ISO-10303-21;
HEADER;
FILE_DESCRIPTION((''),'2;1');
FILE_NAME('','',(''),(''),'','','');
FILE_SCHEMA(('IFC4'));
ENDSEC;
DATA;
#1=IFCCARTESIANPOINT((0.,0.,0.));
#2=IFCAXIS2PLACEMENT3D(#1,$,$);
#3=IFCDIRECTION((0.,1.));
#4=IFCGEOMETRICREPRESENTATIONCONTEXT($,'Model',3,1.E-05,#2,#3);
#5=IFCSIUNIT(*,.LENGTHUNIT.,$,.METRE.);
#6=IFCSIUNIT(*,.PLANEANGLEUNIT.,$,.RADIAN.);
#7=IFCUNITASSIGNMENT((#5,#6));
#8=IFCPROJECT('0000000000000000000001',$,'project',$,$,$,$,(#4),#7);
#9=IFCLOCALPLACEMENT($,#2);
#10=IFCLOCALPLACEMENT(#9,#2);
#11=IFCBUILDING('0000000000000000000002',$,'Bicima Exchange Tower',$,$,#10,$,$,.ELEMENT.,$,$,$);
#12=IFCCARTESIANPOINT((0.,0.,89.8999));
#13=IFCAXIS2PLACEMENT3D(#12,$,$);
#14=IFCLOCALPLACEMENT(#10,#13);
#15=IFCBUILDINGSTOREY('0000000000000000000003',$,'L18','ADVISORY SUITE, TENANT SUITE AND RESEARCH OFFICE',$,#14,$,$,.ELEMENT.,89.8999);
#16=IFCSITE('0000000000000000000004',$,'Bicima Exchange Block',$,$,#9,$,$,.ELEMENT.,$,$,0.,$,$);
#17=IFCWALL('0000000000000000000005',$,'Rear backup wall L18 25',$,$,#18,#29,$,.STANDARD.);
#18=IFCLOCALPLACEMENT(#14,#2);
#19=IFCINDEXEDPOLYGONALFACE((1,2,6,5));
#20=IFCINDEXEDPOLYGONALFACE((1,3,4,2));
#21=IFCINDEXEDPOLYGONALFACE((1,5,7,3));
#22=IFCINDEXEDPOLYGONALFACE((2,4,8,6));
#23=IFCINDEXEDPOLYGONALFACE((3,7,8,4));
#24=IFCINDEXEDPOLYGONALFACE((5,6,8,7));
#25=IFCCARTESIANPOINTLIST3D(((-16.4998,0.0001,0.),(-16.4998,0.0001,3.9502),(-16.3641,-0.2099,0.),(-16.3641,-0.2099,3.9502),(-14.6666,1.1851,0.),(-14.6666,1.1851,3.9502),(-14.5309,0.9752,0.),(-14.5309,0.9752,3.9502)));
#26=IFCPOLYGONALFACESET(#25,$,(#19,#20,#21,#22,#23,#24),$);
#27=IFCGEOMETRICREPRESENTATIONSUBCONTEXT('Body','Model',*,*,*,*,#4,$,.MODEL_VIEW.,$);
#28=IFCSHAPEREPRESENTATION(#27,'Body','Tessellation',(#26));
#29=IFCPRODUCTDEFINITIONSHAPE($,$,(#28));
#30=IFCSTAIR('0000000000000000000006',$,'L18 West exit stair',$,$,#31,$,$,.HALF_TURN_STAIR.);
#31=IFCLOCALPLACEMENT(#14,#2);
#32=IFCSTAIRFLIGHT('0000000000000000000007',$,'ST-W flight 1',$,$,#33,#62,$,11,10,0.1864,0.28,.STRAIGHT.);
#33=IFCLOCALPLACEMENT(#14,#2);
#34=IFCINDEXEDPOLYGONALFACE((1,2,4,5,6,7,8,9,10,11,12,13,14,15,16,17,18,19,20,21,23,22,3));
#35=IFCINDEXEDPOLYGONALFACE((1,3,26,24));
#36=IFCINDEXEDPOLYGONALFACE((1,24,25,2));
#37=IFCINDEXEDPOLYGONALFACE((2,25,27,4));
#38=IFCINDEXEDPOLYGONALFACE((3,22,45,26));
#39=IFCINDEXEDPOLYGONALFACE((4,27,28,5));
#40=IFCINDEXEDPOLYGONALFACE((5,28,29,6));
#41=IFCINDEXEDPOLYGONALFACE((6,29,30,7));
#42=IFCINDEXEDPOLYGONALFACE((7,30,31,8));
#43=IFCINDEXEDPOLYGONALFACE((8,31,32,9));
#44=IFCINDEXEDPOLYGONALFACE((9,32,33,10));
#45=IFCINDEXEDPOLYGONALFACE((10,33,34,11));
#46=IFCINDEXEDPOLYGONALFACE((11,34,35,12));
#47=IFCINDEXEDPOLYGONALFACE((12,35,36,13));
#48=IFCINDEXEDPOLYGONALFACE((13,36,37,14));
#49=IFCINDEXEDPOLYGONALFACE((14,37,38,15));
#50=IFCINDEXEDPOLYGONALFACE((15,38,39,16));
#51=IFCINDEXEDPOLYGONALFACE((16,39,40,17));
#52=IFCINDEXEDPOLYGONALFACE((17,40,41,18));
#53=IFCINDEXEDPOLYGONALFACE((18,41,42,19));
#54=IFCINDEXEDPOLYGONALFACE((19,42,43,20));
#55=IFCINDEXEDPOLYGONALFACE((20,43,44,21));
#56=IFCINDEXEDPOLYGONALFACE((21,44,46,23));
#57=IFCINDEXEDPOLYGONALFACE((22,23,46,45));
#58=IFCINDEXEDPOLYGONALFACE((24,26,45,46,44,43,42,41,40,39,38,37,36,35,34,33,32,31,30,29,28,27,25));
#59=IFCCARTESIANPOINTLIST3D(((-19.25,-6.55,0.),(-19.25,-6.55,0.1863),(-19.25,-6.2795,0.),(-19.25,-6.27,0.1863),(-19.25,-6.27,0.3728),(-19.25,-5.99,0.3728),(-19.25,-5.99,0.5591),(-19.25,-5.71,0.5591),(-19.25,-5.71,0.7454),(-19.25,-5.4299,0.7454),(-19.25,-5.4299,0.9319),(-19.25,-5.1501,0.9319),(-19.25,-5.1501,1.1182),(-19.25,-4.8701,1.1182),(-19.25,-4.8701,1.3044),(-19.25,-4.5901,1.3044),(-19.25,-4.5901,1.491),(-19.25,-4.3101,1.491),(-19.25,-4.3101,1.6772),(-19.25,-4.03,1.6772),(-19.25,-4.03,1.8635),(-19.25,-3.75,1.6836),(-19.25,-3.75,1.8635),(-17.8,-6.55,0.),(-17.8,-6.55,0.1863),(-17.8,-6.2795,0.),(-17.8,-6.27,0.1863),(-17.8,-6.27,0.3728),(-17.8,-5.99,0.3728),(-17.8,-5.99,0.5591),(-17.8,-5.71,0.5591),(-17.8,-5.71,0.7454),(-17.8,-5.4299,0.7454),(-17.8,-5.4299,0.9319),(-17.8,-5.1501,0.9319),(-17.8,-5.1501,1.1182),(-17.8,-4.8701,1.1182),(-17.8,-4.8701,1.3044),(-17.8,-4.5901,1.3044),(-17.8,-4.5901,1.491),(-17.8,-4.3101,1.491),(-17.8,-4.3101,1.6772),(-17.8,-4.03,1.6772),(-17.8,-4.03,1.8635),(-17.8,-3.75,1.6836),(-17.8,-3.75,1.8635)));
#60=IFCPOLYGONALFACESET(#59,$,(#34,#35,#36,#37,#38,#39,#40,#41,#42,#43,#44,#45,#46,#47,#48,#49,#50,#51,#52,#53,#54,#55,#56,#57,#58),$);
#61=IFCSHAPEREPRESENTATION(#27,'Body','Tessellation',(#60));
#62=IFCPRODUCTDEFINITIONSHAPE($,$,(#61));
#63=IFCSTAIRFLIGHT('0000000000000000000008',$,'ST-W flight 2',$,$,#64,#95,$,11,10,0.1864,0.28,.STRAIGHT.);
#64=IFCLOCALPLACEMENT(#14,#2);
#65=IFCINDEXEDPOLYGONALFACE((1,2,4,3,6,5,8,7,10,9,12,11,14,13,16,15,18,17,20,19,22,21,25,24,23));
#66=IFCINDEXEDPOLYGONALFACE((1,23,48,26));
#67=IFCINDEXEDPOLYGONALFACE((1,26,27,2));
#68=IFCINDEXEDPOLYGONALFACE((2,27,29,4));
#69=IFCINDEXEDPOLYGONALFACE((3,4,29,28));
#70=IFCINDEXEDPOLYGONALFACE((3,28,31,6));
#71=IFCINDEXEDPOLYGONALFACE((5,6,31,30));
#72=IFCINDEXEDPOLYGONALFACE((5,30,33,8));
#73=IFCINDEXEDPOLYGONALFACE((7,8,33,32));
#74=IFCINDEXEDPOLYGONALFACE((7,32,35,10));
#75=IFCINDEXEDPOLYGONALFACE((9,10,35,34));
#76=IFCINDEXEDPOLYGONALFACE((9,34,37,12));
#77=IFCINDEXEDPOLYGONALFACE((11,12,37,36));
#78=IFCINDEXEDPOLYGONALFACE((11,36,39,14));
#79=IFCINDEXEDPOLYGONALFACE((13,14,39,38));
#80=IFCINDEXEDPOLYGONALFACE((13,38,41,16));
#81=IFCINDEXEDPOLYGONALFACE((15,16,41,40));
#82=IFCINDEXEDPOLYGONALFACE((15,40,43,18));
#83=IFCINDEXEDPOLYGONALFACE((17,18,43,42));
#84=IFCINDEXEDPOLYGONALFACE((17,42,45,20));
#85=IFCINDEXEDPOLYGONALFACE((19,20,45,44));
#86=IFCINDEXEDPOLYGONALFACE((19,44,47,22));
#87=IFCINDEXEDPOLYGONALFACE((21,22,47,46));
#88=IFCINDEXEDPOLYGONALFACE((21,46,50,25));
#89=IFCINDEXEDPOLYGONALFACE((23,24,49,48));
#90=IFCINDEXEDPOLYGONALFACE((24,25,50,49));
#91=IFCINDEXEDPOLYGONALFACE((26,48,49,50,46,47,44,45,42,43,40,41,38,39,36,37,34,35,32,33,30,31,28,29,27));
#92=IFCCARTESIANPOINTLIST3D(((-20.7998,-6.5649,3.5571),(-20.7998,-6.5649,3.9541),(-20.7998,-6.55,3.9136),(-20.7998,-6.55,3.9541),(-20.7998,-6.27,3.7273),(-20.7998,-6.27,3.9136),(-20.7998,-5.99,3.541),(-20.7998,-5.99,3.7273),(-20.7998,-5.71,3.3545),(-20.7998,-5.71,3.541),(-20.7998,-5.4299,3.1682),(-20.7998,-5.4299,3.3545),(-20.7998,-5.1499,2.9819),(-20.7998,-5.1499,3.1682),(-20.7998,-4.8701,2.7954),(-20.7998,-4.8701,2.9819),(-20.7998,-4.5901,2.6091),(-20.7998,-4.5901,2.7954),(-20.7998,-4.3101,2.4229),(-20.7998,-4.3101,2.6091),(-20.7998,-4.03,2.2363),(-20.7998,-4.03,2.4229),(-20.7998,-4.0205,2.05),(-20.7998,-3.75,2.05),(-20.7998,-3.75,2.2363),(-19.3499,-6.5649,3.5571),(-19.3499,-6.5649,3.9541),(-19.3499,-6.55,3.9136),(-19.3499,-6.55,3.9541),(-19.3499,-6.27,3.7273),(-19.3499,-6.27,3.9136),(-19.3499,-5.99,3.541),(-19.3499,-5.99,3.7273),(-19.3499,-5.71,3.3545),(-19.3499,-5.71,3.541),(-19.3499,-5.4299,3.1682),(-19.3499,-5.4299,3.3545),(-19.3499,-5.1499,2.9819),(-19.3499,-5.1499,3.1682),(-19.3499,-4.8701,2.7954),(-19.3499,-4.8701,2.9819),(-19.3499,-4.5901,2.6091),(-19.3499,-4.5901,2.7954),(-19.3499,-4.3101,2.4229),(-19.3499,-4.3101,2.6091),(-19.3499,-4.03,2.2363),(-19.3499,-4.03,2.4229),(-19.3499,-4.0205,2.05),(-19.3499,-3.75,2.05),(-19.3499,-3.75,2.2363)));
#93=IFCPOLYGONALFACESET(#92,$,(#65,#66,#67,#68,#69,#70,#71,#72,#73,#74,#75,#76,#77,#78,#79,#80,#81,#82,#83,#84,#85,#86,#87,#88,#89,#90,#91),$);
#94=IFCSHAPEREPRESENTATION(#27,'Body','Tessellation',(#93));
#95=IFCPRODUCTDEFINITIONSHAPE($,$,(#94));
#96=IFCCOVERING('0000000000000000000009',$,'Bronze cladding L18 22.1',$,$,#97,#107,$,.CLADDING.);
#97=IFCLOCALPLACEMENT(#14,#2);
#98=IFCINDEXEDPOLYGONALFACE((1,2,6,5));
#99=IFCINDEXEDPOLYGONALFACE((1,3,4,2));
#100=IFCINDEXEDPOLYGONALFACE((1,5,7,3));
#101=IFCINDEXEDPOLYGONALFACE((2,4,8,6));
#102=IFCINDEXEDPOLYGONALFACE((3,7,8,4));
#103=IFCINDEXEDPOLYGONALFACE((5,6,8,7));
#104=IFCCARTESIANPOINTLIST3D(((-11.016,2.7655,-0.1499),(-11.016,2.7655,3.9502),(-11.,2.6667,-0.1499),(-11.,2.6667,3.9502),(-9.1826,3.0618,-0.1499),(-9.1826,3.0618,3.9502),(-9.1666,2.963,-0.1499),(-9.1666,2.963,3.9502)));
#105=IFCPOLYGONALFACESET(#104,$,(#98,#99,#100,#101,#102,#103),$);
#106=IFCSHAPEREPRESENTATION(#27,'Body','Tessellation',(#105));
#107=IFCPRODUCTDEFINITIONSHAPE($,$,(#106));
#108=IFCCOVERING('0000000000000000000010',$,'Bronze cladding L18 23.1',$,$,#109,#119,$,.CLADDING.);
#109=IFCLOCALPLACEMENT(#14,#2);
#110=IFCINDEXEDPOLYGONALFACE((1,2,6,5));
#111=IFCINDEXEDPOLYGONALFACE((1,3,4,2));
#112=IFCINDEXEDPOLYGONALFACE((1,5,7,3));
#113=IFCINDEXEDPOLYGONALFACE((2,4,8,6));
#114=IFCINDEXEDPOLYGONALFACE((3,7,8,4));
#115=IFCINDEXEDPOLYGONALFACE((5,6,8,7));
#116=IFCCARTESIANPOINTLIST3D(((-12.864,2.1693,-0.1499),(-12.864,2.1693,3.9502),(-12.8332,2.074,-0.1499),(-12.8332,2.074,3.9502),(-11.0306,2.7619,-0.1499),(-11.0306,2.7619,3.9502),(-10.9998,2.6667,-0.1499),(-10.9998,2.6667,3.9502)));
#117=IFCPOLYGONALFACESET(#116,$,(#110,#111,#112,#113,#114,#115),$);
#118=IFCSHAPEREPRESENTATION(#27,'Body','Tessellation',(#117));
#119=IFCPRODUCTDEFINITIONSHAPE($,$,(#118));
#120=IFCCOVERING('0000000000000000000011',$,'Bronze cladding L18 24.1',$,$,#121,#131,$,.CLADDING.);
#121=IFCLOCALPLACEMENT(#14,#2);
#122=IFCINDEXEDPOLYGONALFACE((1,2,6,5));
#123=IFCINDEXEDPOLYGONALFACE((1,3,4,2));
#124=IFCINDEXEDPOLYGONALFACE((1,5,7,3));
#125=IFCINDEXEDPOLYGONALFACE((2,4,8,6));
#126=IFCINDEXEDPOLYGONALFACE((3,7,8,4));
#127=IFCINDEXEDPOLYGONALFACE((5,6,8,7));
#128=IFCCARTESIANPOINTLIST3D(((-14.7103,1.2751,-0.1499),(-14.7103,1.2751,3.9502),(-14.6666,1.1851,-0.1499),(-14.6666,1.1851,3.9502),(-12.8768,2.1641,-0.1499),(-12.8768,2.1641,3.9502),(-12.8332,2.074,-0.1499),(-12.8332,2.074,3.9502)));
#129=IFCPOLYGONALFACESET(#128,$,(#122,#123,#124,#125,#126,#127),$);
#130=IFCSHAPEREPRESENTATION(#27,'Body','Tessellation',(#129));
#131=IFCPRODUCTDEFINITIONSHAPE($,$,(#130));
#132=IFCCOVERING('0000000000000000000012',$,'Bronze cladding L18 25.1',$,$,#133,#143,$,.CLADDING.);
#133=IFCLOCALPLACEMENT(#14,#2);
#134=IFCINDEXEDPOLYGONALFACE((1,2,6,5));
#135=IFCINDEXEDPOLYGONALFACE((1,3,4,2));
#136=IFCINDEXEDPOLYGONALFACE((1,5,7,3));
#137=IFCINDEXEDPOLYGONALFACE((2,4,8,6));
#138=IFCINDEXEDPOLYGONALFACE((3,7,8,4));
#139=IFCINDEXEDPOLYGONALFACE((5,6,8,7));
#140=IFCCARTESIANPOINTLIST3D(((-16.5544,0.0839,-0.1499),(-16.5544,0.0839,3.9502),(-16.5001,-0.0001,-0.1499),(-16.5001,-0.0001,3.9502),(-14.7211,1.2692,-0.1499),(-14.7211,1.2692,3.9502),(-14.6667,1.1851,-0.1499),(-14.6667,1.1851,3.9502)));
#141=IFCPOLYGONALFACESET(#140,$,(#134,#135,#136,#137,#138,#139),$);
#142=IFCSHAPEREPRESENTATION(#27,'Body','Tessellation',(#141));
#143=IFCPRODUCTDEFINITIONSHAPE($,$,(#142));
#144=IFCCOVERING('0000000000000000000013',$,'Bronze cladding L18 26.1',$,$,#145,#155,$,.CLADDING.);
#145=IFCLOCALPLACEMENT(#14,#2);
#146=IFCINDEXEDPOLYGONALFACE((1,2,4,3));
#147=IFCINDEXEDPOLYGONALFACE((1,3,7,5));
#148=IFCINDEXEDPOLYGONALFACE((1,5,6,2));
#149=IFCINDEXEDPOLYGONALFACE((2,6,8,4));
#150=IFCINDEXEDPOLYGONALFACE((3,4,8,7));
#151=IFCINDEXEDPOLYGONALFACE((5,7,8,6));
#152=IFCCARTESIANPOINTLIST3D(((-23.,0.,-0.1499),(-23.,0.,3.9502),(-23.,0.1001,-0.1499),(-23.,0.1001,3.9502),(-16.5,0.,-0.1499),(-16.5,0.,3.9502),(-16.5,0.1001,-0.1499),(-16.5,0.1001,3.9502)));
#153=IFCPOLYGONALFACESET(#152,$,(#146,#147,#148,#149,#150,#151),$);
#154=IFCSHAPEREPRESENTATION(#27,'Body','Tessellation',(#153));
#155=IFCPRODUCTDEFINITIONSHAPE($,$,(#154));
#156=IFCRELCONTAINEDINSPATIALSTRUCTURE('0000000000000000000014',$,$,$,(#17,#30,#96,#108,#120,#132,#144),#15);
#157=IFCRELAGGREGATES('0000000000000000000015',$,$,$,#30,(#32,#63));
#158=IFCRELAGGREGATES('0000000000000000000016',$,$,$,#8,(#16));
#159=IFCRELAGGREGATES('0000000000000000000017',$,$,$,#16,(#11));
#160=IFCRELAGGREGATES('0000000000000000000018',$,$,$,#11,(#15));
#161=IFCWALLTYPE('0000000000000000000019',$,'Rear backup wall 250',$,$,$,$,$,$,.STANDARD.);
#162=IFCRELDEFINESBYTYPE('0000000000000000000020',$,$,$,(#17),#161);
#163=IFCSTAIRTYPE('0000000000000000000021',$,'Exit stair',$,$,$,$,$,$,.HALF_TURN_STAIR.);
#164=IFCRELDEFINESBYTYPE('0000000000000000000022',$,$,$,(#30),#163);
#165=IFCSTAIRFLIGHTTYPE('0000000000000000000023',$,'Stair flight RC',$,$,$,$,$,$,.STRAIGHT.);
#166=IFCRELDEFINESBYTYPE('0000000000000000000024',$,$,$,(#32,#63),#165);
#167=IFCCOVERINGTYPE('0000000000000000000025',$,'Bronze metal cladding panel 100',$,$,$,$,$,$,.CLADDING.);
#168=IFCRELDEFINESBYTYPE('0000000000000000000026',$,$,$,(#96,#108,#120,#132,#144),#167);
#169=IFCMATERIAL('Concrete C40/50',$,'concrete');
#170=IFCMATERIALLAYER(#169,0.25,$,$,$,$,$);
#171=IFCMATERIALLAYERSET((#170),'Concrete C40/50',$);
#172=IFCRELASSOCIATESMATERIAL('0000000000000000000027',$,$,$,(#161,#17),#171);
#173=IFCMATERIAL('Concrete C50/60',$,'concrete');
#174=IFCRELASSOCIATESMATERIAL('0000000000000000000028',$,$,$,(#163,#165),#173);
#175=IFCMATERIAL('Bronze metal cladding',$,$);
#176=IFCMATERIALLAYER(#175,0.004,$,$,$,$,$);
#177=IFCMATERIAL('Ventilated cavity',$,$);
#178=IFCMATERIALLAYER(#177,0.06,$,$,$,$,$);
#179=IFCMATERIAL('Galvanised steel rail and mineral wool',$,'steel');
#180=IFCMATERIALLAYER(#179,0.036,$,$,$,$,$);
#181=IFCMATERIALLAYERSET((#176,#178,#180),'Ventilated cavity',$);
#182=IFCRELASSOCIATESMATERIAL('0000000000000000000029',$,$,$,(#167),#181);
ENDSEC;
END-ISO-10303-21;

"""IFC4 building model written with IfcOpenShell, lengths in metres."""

from ifc_helpers import new_model, si_unit, direction, frame, frame_2d, origin, origin_2d, place, context, subcontext, project, spatial, polyline, rectangle, outline, extrude, material, layer, layer_set, layer_usage, type_object, element, aggregate, save


model = new_model("IFC4")

# Units and contexts
model_context = context("Model", 3, precision=1e-05, world=origin(), true_north=direction((0.0, 1.0)))
body_context = subcontext(model_context, "Body", "Model", "MODEL_VIEW")
ifc_project = project(units=[si_unit("LENGTHUNIT", "METRE"), si_unit("PLANEANGLEUNIT", "RADIAN")], contexts=[model_context])

# Site, building, storey
site_placement = place(None, origin())
site = spatial("IfcSite", under=ifc_project, at=site_placement, Name="Bicima Exchange Block", CompositionType="ELEMENT", RefElevation=0.0)
building_placement = place(site_placement, origin())
building = spatial("IfcBuilding", under=site, at=building_placement, Name="Bicima Exchange Tower", CompositionType="ELEMENT")
storey_placement = place(building_placement, frame((0.0, 0.0, 89.8999)))
storey = spatial("IfcBuildingStorey", under=building, at=storey_placement, Name="L18", Description="ADVISORY SUITE, TENANT SUITE AND RESEARCH OFFICE", CompositionType="ELEMENT", Elevation=89.8999)

# Shared definitions
ifc_material_1 = material(Name="Concrete C50/60", Category="concrete")

# Wall
ifc_material_2 = material(Name="Concrete C40/50", Category="concrete")
ifc_layer_1 = layer(ifc_material_2, 0.25)
ifc_layer_set_1 = layer_set([ifc_layer_1], Name="Concrete C40/50")
ifc_layer_usage = layer_usage(ifc_layer_set_1, "AXIS2", "POSITIVE", -0.125)
wall_type_1 = type_object("IfcWallType", Name="Rear backup wall 250", PredefinedType="STANDARD", material=ifc_layer_set_1)
wall_1_placement = place(storey_placement, frame((-14.5989, 1.0801, 0.0), z_axis=(0.0, 0.0, 1.0), x_axis=(-0.839813, -0.542876, 0.0)))
element("IfcWall", 1, at=wall_1_placement, inside=storey, type_object=wall_type_1, material=ifc_layer_usage, Name="Rear backup wall L18 25", PredefinedType="STANDARD", context=body_context, shape_type="SweptSolid", body=[
    extrude(rectangle(XDim=2.1829, YDim=0.25, at=frame_2d((1.0913, 0.0))), origin(), (0.0, 0.0, 1.0), 3.9502),
])

# Stair, stair flights
stair_type = type_object("IfcStairType", Name="Exit stair", PredefinedType="HALF_TURN_STAIR", material=ifc_material_1)
stair_placement = place(storey_placement, origin())
stair = element("IfcStair", 2, at=stair_placement, inside=storey, type_object=stair_type, Name="L18 West exit stair", PredefinedType="HALF_TURN_STAIR")
stair_flight_type = type_object("IfcStairFlightType", Name="Stair flight RC", PredefinedType="STRAIGHT", material=ifc_material_1)
stair_flight_1_placement = place(storey_placement, frame((-18.5249, -6.55, 0.0), z_axis=(0.0, 0.0, 1.0), x_axis=(0.0, 1.0, 0.0)))
stair_flight_1 = element("IfcStairFlight", 3, at=stair_flight_1_placement, type_object=stair_flight_type, Name="ST-W flight 1", NumberOfRisers=11, NumberOfTreads=10, PredefinedType="STRAIGHT", RiserHeight=0.1864, TreadLength=0.28, context=body_context, shape_type="SweptSolid", body=[
    extrude(outline(polyline([(0.0, 0.0), (0.0, 0.1863), (0.28, 0.1863), (0.28, 0.3728), (0.5601, 0.3728), (0.5601, 0.5591), (0.8401, 0.5591), (0.8401, 0.7454), (1.1201, 0.7454), (1.1201, 0.9319), (1.3999, 0.9319), (1.3999, 1.1182), (1.6799, 1.1182), (1.6799, 1.3044), (1.96, 1.3044), (1.96, 1.491), (2.24, 1.491), (2.24, 1.6772), (2.52, 1.6772), (2.52, 1.8635), (2.8, 1.8635), (2.8, 2.05), (2.8, 1.6836), (0.2705, 0.0), (0.0, 0.0)])), frame((0.0, 0.7251, 0.0), z_axis=(0.0, -1.0, 0.0), x_axis=(1.0, 0.0, 0.0)), (0.0, 0.0, 1.0), 1.45),
])
stair_flight_2_placement = place(storey_placement, frame((-20.075, -3.75, 2.05), z_axis=(0.0, 0.0, 1.0), x_axis=(0.0, -1.0, 0.0)))
stair_flight_2 = element("IfcStairFlight", 4, at=stair_flight_2_placement, type_object=stair_flight_type, Name="ST-W flight 2", NumberOfRisers=11, NumberOfTreads=10, PredefinedType="STRAIGHT", RiserHeight=0.1864, TreadLength=0.28, context=body_context, shape_type="SweptSolid", body=[
    extrude(outline(polyline([(0.0, 0.0), (0.0, 0.1863), (0.28, 0.1863), (0.28, 0.3728), (0.5601, 0.3728), (0.5601, 0.5591), (0.8401, 0.5591), (0.8401, 0.7454), (1.1201, 0.7454), (1.1201, 0.9319), (1.3999, 0.9319), (1.3999, 1.1182), (1.6799, 1.1182), (1.6799, 1.3044), (1.96, 1.3044), (1.96, 1.491), (2.24, 1.491), (2.24, 1.6772), (2.52, 1.6772), (2.52, 1.8635), (2.8, 1.8635), (2.8, 1.9041), (2.8149, 1.9041), (2.8149, 1.5071), (0.2705, 0.0), (0.0, 0.0)])), frame((0.0, 0.7251, 0.0), z_axis=(0.0, -1.0, 0.0), x_axis=(1.0, 0.0, 0.0)), (0.0, 0.0, 1.0), 1.45),
])
aggregate(stair, [stair_flight_1, stair_flight_2])

# Coverings
ifc_material_3 = material(Name="Bronze metal cladding")
ifc_layer_2 = layer(ifc_material_3, 0.004)
ifc_material_4 = material(Name="Ventilated cavity")
ifc_layer_3 = layer(ifc_material_4, 0.06)
ifc_material_5 = material(Name="Galvanised steel rail and mineral wool", Category="steel")
ifc_layer_4 = layer(ifc_material_5, 0.036)
ifc_layer_set_2 = layer_set([ifc_layer_2, ifc_layer_3, ifc_layer_4], Name="Ventilated cavity")
covering_type = type_object("IfcCoveringType", Name="Bronze metal cladding panel 100", PredefinedType="CLADDING", material=ifc_layer_set_2)
covering_1_placement = place(storey_placement, frame((-10.0913, 2.8643, -0.1499), z_axis=(0.0, 0.0, 1.0), x_axis=(-0.98719, -0.15955, 0.0)))
element("IfcCovering", 5, at=covering_1_placement, inside=storey, type_object=covering_type, Name="Bronze cladding L18 22.1", PredefinedType="CLADDING", context=body_context, shape_type="SweptSolid", body=[
    extrude(rectangle(XDim=1.8572, YDim=0.1001, at=origin_2d()), origin(), (0.0, 0.0, 1.0), 4.1001),
])
covering_2_placement = place(storey_placement, frame((-11.9319, 2.418, -0.1499), z_axis=(0.0, 0.0, 1.0), x_axis=(-0.951525, -0.307573, 0.0)))
element("IfcCovering", 6, at=covering_2_placement, inside=storey, type_object=covering_type, Name="Bronze cladding L18 23.1", PredefinedType="CLADDING", context=body_context, shape_type="SweptSolid", body=[
    extrude(rectangle(XDim=1.9268, YDim=0.1001, at=origin_2d()), origin(), (0.0, 0.0, 1.0), 4.1001),
])
covering_3_placement = place(storey_placement, frame((-13.7717, 1.6746, -0.1499), z_axis=(0.0, 0.0, 1.0), x_axis=(-0.899818, -0.436265, 0.0)))
element("IfcCovering", 7, at=covering_3_placement, inside=storey, type_object=covering_type, Name="Bronze cladding L18 24.1", PredefinedType="CLADDING", context=body_context, shape_type="SweptSolid", body=[
    extrude(rectangle(XDim=2.0376, YDim=0.1001, at=origin_2d()), origin(), (0.0, 0.0, 1.0), 4.1001),
])
covering_4_placement = place(storey_placement, frame((-15.6106, 0.6345, -0.1499), z_axis=(0.0, 0.0, 1.0), x_axis=(-0.83979, -0.542911, 0.0)))
element("IfcCovering", 8, at=covering_4_placement, inside=storey, type_object=covering_type, Name="Bronze cladding L18 25.1", PredefinedType="CLADDING", context=body_context, shape_type="SweptSolid", body=[
    extrude(rectangle(XDim=2.1831, YDim=0.1001, at=origin_2d()), origin(), (0.0, 0.0, 1.0), 4.1001),
])
covering_5_placement = place(storey_placement, frame((-19.75, 0.05, -0.1499), z_axis=(0.0, 0.0, 1.0), x_axis=(-1.0, 0.0, 0.0)))
element("IfcCovering", 9, at=covering_5_placement, inside=storey, type_object=covering_type, Name="Bronze cladding L18 26.1", PredefinedType="CLADDING", context=body_context, shape_type="SweptSolid", body=[
    extrude(rectangle(XDim=6.5, YDim=0.1001, at=origin_2d()), origin(), (0.0, 0.0, 1.0), 4.1001),
])

save(model, "model.ifc")
